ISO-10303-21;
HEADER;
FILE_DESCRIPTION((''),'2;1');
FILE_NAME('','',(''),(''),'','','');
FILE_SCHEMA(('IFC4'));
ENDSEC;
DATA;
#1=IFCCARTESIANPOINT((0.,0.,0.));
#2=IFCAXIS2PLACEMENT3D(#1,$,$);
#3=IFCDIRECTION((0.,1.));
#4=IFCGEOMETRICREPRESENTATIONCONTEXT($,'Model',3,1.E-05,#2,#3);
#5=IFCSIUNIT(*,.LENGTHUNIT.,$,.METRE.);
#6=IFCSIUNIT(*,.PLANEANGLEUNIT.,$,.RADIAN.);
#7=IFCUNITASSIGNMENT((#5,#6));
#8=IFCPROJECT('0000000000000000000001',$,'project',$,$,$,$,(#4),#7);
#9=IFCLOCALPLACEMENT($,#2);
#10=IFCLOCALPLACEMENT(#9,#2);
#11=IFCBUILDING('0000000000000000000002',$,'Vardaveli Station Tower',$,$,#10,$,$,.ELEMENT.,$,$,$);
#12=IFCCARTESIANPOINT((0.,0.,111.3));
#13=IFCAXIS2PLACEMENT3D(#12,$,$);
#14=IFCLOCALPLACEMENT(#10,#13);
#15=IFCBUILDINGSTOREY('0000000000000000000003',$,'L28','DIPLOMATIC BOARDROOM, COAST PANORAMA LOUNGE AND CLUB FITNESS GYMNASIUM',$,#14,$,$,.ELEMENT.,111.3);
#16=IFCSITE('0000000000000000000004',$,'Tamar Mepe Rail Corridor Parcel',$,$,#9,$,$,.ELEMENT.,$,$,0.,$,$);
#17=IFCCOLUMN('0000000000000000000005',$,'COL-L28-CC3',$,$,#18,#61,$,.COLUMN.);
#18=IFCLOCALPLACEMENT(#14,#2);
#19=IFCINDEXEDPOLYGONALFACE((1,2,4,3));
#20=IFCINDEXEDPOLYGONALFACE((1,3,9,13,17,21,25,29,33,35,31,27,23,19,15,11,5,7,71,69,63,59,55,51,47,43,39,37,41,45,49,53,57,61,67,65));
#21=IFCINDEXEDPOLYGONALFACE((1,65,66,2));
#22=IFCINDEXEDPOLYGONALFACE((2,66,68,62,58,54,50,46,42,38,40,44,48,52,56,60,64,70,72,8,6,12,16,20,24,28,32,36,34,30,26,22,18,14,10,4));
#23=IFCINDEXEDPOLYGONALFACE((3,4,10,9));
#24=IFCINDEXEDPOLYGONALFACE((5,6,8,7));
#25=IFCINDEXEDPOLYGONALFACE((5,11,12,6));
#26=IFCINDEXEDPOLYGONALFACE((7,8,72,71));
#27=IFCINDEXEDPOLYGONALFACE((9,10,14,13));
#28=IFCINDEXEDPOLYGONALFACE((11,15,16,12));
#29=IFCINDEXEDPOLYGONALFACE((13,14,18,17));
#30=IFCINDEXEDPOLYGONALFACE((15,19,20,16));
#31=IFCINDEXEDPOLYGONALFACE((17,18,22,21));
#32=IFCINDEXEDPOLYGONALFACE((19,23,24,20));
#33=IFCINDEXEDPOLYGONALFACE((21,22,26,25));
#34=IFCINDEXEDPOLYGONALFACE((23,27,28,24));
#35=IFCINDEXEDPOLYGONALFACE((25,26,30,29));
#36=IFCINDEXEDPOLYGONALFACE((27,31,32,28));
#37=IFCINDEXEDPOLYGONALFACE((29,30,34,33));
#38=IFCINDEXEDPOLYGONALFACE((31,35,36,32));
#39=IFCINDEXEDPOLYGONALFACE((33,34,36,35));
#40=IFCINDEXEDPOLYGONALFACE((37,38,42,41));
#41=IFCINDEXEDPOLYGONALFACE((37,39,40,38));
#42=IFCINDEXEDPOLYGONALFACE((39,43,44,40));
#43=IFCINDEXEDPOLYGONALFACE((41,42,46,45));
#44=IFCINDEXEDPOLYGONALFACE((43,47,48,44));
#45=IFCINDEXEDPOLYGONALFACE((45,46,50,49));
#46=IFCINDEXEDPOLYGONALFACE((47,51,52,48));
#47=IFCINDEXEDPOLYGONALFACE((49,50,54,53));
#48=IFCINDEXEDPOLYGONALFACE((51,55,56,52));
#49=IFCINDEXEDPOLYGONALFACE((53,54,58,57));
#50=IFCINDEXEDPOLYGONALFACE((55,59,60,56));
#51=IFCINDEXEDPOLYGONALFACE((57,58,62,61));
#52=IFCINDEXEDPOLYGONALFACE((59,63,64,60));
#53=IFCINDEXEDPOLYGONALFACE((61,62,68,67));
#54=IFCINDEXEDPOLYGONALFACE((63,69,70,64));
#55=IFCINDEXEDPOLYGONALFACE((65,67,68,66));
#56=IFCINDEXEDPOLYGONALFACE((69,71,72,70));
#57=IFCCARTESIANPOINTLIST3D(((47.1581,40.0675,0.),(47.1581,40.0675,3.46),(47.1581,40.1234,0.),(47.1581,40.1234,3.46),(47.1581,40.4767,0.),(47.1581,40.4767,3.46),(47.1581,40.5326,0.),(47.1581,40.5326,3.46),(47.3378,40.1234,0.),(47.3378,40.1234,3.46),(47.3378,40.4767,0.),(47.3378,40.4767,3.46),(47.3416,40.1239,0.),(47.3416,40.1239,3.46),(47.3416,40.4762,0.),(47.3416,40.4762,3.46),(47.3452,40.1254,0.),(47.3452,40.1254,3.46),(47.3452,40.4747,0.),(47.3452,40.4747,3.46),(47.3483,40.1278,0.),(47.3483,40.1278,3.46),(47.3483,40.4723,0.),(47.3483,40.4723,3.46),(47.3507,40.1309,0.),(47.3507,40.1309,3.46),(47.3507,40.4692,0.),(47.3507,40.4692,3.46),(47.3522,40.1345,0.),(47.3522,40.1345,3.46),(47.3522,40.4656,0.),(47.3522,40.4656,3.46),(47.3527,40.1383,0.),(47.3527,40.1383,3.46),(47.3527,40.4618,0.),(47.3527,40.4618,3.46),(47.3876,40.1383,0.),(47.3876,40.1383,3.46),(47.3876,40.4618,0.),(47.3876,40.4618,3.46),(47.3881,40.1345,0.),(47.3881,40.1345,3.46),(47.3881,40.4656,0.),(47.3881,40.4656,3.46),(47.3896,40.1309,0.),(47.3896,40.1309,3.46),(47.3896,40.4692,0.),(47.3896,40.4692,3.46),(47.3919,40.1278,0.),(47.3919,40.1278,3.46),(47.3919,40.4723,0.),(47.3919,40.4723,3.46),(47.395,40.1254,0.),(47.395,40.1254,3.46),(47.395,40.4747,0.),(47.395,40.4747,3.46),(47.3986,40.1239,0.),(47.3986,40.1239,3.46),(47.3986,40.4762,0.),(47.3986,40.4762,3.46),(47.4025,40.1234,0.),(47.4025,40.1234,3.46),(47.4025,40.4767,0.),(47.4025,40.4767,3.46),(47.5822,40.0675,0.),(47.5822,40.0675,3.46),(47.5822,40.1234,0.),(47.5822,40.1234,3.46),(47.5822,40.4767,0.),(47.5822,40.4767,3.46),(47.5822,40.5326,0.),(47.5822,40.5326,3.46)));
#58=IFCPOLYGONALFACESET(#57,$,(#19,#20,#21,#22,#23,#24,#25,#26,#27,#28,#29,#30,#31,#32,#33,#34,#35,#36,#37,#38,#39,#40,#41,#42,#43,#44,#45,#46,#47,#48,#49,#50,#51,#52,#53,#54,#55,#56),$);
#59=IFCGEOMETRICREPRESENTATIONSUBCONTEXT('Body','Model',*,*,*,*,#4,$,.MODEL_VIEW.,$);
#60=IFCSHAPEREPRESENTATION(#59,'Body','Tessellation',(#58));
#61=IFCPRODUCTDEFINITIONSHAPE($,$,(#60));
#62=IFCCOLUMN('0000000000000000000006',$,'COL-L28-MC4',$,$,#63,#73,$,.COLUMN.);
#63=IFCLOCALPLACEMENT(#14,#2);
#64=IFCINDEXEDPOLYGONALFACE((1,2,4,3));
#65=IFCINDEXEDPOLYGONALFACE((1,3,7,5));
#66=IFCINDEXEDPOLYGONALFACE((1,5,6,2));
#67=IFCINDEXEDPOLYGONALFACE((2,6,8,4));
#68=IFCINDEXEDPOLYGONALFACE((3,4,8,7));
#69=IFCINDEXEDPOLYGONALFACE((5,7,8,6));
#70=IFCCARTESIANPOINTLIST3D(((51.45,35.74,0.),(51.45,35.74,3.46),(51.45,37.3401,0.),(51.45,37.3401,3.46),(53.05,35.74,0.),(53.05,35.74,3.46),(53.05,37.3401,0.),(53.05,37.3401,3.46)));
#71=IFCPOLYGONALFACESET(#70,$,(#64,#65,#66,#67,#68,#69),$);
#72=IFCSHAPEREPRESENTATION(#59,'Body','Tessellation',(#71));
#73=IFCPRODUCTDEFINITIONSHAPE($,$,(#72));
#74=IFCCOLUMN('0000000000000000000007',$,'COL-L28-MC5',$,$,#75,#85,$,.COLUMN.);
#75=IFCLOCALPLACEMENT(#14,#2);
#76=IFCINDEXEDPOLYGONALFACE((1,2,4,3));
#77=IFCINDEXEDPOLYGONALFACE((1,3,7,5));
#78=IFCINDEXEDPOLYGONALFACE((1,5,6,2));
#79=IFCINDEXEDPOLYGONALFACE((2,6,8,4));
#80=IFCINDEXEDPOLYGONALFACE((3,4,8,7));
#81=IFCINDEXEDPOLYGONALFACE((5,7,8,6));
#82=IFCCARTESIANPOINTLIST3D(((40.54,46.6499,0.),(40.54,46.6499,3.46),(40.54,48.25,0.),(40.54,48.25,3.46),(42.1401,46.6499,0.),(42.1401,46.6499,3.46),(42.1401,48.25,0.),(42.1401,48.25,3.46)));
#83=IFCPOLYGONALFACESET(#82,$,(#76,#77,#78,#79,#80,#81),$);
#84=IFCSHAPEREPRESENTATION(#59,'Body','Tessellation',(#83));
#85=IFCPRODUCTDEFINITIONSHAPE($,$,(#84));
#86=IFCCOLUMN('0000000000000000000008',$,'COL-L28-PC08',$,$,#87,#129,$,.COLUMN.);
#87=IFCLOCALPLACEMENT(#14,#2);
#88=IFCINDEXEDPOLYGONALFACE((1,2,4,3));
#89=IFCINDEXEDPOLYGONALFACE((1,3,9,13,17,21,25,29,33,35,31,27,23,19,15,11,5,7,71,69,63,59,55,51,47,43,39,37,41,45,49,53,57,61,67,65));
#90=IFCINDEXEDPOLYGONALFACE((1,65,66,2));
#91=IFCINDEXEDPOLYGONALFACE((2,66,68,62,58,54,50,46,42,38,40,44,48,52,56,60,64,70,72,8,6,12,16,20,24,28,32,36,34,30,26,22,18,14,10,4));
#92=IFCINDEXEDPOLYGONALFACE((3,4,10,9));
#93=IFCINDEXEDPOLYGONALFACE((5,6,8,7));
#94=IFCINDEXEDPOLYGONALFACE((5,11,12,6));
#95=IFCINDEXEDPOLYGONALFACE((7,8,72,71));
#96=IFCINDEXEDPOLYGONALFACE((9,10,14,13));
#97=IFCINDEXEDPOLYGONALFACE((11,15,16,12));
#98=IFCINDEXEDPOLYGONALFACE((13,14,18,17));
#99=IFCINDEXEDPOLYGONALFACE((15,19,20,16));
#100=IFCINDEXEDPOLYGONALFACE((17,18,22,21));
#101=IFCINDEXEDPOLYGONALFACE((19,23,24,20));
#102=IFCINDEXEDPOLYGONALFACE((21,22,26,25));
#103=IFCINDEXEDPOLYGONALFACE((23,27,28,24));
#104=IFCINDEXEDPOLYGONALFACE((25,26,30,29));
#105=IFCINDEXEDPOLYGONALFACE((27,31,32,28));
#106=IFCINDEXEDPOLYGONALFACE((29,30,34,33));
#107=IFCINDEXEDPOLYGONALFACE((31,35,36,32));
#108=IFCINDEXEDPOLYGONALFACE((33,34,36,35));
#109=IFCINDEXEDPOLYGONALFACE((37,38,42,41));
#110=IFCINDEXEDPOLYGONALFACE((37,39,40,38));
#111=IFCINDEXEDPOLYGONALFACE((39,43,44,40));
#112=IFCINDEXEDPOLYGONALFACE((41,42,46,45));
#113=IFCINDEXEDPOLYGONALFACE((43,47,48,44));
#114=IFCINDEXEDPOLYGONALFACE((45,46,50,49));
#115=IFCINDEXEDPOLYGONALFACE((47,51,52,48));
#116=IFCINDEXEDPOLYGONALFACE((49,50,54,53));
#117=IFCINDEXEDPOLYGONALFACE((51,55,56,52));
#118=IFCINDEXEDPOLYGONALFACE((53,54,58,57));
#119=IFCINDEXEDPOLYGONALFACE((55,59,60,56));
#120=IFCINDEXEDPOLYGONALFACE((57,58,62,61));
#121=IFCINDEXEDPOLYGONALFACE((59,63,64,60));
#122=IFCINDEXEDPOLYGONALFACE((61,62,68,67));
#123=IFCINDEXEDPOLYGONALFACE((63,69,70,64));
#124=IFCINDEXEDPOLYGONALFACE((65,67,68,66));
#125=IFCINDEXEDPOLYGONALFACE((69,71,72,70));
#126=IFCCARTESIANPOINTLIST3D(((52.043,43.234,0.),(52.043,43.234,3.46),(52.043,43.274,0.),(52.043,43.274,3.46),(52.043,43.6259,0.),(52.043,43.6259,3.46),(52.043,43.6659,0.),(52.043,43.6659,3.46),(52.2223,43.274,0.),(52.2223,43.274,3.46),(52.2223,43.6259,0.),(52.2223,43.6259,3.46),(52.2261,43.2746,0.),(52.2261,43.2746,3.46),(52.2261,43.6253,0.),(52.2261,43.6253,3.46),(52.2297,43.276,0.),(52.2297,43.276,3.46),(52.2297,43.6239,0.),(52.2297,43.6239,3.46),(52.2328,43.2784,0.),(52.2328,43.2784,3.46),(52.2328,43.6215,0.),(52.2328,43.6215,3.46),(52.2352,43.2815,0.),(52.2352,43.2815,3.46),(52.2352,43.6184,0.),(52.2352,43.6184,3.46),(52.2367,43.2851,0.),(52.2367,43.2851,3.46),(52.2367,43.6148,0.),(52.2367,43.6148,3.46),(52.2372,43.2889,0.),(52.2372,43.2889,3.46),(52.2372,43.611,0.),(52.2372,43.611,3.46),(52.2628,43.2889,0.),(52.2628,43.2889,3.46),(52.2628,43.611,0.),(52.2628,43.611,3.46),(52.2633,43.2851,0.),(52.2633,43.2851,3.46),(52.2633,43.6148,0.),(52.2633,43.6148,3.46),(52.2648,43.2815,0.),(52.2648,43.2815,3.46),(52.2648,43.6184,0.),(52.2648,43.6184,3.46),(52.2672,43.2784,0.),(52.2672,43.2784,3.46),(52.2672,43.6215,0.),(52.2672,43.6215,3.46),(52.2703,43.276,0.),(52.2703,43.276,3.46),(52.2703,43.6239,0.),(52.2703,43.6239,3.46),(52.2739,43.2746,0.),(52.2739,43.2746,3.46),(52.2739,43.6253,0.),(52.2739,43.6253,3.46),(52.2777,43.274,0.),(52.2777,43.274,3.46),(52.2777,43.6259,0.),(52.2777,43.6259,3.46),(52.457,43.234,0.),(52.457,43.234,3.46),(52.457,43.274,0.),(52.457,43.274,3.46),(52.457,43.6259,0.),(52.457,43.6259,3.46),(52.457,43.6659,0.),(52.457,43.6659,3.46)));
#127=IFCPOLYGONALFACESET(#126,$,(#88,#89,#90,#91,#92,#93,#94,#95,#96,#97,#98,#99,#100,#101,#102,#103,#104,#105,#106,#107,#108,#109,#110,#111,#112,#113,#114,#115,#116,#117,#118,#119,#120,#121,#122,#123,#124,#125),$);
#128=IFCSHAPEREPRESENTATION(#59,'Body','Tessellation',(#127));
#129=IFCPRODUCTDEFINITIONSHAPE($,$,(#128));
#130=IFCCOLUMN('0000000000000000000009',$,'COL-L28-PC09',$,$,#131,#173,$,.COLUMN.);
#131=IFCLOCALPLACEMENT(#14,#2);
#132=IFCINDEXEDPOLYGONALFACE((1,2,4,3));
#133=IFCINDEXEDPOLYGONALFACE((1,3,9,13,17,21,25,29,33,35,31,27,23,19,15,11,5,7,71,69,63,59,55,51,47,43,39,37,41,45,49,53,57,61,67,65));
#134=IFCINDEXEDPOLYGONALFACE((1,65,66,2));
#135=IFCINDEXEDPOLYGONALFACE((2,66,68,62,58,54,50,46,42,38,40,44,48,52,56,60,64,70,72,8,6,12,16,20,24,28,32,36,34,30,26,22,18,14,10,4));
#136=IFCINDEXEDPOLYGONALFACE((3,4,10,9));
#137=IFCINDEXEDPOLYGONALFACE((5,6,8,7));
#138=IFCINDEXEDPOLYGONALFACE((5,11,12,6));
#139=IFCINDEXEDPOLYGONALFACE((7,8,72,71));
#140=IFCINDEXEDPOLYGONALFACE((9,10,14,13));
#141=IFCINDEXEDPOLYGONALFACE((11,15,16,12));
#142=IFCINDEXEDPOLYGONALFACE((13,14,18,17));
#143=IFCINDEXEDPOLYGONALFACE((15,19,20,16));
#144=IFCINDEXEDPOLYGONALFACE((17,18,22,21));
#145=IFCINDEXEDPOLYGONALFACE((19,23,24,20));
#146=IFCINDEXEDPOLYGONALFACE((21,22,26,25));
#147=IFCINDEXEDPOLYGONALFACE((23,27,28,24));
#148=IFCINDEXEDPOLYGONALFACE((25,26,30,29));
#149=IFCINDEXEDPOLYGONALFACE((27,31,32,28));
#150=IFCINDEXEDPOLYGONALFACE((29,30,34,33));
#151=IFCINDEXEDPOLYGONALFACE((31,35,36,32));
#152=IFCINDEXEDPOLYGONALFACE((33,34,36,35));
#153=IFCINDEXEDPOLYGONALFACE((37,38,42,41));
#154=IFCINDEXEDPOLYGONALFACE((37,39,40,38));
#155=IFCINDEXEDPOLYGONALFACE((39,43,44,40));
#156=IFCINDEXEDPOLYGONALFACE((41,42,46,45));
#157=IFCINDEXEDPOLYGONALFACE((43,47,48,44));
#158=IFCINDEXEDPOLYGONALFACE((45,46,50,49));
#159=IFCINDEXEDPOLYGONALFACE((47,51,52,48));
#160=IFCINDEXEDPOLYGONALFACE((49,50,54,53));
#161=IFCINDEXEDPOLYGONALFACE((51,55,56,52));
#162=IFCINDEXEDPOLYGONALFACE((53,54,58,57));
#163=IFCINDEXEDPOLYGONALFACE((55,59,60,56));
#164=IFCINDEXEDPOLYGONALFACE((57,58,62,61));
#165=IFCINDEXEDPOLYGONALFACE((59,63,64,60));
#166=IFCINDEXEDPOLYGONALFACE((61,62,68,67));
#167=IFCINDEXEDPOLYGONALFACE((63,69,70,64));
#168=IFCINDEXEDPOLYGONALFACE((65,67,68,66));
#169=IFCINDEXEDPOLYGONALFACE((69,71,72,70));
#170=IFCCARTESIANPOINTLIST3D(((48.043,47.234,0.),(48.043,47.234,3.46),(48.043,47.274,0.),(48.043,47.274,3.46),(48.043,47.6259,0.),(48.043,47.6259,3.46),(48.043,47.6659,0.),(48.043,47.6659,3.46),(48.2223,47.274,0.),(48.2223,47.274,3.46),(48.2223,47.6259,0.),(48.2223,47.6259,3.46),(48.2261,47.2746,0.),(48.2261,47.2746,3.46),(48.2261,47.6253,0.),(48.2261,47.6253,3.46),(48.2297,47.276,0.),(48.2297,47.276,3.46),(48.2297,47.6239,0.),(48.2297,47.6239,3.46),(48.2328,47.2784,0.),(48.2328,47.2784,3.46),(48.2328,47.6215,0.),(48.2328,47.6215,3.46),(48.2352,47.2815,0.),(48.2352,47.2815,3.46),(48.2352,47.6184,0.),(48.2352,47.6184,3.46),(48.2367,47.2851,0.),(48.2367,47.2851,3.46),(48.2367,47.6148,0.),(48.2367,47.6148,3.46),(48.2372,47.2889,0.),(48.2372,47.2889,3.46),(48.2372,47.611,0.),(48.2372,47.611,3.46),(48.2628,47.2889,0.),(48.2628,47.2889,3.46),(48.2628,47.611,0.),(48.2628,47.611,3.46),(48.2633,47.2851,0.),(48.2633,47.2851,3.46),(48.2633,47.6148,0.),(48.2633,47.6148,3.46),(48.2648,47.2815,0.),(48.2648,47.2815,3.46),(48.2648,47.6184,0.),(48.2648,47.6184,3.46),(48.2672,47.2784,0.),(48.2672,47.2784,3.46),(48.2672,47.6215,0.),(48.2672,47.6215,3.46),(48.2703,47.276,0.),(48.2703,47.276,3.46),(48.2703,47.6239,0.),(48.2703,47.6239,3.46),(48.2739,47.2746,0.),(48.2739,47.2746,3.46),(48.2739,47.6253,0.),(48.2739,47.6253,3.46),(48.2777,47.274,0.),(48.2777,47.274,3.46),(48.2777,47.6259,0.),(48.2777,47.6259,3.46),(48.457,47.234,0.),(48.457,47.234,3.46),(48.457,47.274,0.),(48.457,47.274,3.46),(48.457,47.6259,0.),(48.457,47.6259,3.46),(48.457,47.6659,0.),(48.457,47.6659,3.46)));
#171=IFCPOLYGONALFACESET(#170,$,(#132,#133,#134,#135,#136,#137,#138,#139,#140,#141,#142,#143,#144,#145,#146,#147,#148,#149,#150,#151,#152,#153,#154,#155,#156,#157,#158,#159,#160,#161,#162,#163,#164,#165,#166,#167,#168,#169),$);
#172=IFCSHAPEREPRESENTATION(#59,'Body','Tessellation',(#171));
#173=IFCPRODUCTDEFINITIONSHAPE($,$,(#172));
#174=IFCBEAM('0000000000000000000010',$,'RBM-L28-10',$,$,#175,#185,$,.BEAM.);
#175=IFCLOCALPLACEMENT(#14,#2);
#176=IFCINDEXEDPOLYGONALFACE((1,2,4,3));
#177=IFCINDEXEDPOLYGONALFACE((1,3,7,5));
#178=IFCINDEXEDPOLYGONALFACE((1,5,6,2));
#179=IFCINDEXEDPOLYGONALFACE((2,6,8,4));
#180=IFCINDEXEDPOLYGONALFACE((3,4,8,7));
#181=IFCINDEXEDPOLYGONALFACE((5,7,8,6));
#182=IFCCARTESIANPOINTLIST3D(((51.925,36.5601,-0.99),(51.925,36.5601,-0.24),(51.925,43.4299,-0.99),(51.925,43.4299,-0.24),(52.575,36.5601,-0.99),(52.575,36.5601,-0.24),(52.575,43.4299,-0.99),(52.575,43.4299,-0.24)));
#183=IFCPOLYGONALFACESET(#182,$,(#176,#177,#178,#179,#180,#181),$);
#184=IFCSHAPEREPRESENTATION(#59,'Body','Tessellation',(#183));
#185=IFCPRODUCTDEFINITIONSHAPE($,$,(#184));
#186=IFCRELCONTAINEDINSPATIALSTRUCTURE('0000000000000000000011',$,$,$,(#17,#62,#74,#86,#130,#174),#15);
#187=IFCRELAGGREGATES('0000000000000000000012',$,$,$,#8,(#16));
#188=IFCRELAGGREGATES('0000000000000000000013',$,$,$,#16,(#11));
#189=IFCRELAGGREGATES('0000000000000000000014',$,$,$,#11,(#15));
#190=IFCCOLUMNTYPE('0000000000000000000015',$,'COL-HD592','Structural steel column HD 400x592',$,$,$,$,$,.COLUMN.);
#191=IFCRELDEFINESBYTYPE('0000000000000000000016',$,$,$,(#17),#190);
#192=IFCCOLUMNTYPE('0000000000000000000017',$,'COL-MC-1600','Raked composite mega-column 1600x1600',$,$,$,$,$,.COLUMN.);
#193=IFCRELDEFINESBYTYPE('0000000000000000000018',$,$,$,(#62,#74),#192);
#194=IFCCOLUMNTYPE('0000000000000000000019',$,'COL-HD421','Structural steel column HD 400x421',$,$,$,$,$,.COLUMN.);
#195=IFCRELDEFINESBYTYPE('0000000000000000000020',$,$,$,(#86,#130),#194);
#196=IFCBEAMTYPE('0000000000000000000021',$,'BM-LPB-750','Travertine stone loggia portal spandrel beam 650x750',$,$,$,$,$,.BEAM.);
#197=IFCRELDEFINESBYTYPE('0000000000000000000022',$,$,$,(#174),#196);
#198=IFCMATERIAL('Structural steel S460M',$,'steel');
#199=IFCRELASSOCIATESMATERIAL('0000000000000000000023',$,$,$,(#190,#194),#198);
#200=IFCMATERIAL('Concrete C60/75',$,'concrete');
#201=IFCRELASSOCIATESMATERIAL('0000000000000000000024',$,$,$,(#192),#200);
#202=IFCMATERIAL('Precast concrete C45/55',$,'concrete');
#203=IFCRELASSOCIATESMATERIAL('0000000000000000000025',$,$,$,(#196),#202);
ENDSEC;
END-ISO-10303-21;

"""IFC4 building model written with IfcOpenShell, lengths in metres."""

from ifc_helpers import new_model, si_unit, direction, frame, origin, origin_2d, place, context, subcontext, project, spatial, rectangle, i_section, extrude, source, transform, mapped, material, material_profile, profile_set, type_object, element, save


model = new_model("IFC4")

# Units and contexts
model_context = context("Model", 3, precision=1e-05, world=origin(), true_north=direction((0.0, 1.0)))
body_context = subcontext(model_context, "Body", "Model", "MODEL_VIEW")
ifc_project = project(units=[si_unit("LENGTHUNIT", "METRE"), si_unit("PLANEANGLEUNIT", "RADIAN")], contexts=[model_context])

# Site, building, storey
site_placement = place(None, origin())
site = spatial("IfcSite", under=ifc_project, at=site_placement, Name="Tamar Mepe Rail Corridor Parcel", CompositionType="ELEMENT", RefElevation=0.0)
building_placement = place(site_placement, origin())
building = spatial("IfcBuilding", under=site, at=building_placement, Name="Vardaveli Station Tower", CompositionType="ELEMENT")
storey_placement = place(building_placement, frame((0.0, 0.0, 111.3)))
storey = spatial("IfcBuildingStorey", under=building, at=storey_placement, Name="L28", Description="DIPLOMATIC BOARDROOM, COAST PANORAMA LOUNGE AND CLUB FITNESS GYMNASIUM", CompositionType="ELEMENT", Elevation=111.3)

# Columns
ifc_material_1 = material(Name="Structural steel S460M", Category="steel")
ifc_material_profile_1 = material_profile(ifc_material_1, i_section(OverallWidth=0.4241, OverallDepth=0.4651, WebThickness=0.0349, FlangeThickness=0.0559, FilletRadius=0.0149, at=origin_2d()), Name="HD 400x592")
ifc_profile_set_1 = profile_set([ifc_material_profile_1], Name="Structural steel S460M")
column_type_1 = type_object("IfcColumnType", Name="COL-HD592", Description="Structural steel column HD 400x592", PredefinedType="COLUMN", material=ifc_profile_set_1)
shared_shape_1 = source(origin(), body_context, "Body", "SweptSolid", [
    extrude(i_section(OverallWidth=0.4241, OverallDepth=0.4651, WebThickness=0.0349, FlangeThickness=0.0559, FilletRadius=0.0149, at=origin_2d()), origin(), (0.0, 0.0, 1.0), 3.46),
])
column_placement = place(storey_placement, frame((47.3701, 40.3, 0.0), z_axis=(0.0, 0.0, 1.0), x_axis=(1.0, 0.0, 0.0)))
element("IfcColumn", 1, at=column_placement, inside=storey, type_object=column_type_1, Name="COL-L28-CC3", PredefinedType="COLUMN", context=body_context, shape_type="MappedRepresentation", body=[
    mapped(shared_shape_1, transform((0.0, 0.0, 0.0), scale=1.0)),
])
ifc_material_2 = material(Name="Concrete C60/75", Category="concrete")
ifc_material_profile_2 = material_profile(ifc_material_2, rectangle(XDim=1.6001, YDim=1.6001, at=origin_2d()), Name="MC 1600x1600")
ifc_profile_set_2 = profile_set([ifc_material_profile_2], Name="Concrete C60/75")
column_type_2 = type_object("IfcColumnType", Name="COL-MC-1600", Description="Raked composite mega-column 1600x1600", PredefinedType="COLUMN", material=ifc_profile_set_2)
shared_shape_2 = source(origin(), body_context, "Body", "SweptSolid", [
    extrude(rectangle(XDim=1.6001, YDim=1.6001, at=origin_2d()), origin(), (0.0, 0.0, 1.0), 3.46),
])
for number, where, z_axis, x_axis, name in (
    (2, (52.25, 36.54, 0.0), (0.0, 0.0, 1.0), (1.0, 0.0, 0.0), "COL-L28-MC4"),
    (3, (41.3401, 47.45, 0.0), (0.0, 0.0, 1.0), (1.0, 0.0, 0.0), "COL-L28-MC5"),
):
    element("IfcColumn", number, at=place(storey_placement, frame(where, z_axis=z_axis, x_axis=x_axis)), inside=storey, type_object=column_type_2, Name=name, PredefinedType="COLUMN", context=body_context, shape_type="MappedRepresentation", body=[
        mapped(shared_shape_2, transform((0.0, 0.0, 0.0), scale=1.0)),
    ])
ifc_material_profile_3 = material_profile(ifc_material_1, i_section(OverallWidth=0.4141, OverallDepth=0.4319, WebThickness=0.0256, FlangeThickness=0.04, FilletRadius=0.0149, at=origin_2d()), Name="HD 400x421")
ifc_profile_set_3 = profile_set([ifc_material_profile_3], Name="Structural steel S460M")
column_type_3 = type_object("IfcColumnType", Name="COL-HD421", Description="Structural steel column HD 400x421", PredefinedType="COLUMN", material=ifc_profile_set_3)
shared_shape_3 = source(origin(), body_context, "Body", "SweptSolid", [
    extrude(i_section(OverallWidth=0.4141, OverallDepth=0.4319, WebThickness=0.0256, FlangeThickness=0.04, FilletRadius=0.0149, at=origin_2d()), origin(), (0.0, 0.0, 1.0), 3.46),
])
for number, where, z_axis, x_axis, name in (
    (4, (52.25, 43.45, 0.0), (0.0, 0.0, 1.0), (1.0, 0.0, 0.0), "COL-L28-PC08"),
    (5, (48.25, 47.45, 0.0), (0.0, 0.0, 1.0), (1.0, 0.0, 0.0), "COL-L28-PC09"),
):
    element("IfcColumn", number, at=place(storey_placement, frame(where, z_axis=z_axis, x_axis=x_axis)), inside=storey, type_object=column_type_3, Name=name, PredefinedType="COLUMN", context=body_context, shape_type="MappedRepresentation", body=[
        mapped(shared_shape_3, transform((0.0, 0.0, 0.0), scale=1.0)),
    ])

# Beam
ifc_material_3 = material(Name="Precast concrete C45/55", Category="concrete")
ifc_material_profile_4 = material_profile(ifc_material_3, rectangle(XDim=0.6499, YDim=0.75, at=origin_2d()), Name="LPB 650x750")
ifc_profile_set_4 = profile_set([ifc_material_profile_4], Name="Precast concrete C45/55")
beam_type = type_object("IfcBeamType", Name="BM-LPB-750", Description="Travertine stone loggia portal spandrel beam 650x750", PredefinedType="BEAM", material=ifc_profile_set_4)
shared_shape_4 = source(origin(), body_context, "Body", "SweptSolid", [
    extrude(rectangle(XDim=0.6499, YDim=0.75, at=origin_2d()), origin(), (0.0, 0.0, 1.0), 6.8699),
])
for number, where, z_axis, x_axis, name in (
    (6, (52.25, 36.5601, -0.615), (0.0, 1.0, 0.0), (-1.0, 0.0, 0.0), "RBM-L28-10"),
):
    element("IfcBeam", number, at=place(storey_placement, frame(where, z_axis=z_axis, x_axis=x_axis)), inside=storey, type_object=beam_type, Name=name, PredefinedType="BEAM", context=body_context, shape_type="MappedRepresentation", body=[
        mapped(shared_shape_4, transform((0.0, 0.0, 0.0), scale=1.0)),
    ])

save(model, "model.ifc")
